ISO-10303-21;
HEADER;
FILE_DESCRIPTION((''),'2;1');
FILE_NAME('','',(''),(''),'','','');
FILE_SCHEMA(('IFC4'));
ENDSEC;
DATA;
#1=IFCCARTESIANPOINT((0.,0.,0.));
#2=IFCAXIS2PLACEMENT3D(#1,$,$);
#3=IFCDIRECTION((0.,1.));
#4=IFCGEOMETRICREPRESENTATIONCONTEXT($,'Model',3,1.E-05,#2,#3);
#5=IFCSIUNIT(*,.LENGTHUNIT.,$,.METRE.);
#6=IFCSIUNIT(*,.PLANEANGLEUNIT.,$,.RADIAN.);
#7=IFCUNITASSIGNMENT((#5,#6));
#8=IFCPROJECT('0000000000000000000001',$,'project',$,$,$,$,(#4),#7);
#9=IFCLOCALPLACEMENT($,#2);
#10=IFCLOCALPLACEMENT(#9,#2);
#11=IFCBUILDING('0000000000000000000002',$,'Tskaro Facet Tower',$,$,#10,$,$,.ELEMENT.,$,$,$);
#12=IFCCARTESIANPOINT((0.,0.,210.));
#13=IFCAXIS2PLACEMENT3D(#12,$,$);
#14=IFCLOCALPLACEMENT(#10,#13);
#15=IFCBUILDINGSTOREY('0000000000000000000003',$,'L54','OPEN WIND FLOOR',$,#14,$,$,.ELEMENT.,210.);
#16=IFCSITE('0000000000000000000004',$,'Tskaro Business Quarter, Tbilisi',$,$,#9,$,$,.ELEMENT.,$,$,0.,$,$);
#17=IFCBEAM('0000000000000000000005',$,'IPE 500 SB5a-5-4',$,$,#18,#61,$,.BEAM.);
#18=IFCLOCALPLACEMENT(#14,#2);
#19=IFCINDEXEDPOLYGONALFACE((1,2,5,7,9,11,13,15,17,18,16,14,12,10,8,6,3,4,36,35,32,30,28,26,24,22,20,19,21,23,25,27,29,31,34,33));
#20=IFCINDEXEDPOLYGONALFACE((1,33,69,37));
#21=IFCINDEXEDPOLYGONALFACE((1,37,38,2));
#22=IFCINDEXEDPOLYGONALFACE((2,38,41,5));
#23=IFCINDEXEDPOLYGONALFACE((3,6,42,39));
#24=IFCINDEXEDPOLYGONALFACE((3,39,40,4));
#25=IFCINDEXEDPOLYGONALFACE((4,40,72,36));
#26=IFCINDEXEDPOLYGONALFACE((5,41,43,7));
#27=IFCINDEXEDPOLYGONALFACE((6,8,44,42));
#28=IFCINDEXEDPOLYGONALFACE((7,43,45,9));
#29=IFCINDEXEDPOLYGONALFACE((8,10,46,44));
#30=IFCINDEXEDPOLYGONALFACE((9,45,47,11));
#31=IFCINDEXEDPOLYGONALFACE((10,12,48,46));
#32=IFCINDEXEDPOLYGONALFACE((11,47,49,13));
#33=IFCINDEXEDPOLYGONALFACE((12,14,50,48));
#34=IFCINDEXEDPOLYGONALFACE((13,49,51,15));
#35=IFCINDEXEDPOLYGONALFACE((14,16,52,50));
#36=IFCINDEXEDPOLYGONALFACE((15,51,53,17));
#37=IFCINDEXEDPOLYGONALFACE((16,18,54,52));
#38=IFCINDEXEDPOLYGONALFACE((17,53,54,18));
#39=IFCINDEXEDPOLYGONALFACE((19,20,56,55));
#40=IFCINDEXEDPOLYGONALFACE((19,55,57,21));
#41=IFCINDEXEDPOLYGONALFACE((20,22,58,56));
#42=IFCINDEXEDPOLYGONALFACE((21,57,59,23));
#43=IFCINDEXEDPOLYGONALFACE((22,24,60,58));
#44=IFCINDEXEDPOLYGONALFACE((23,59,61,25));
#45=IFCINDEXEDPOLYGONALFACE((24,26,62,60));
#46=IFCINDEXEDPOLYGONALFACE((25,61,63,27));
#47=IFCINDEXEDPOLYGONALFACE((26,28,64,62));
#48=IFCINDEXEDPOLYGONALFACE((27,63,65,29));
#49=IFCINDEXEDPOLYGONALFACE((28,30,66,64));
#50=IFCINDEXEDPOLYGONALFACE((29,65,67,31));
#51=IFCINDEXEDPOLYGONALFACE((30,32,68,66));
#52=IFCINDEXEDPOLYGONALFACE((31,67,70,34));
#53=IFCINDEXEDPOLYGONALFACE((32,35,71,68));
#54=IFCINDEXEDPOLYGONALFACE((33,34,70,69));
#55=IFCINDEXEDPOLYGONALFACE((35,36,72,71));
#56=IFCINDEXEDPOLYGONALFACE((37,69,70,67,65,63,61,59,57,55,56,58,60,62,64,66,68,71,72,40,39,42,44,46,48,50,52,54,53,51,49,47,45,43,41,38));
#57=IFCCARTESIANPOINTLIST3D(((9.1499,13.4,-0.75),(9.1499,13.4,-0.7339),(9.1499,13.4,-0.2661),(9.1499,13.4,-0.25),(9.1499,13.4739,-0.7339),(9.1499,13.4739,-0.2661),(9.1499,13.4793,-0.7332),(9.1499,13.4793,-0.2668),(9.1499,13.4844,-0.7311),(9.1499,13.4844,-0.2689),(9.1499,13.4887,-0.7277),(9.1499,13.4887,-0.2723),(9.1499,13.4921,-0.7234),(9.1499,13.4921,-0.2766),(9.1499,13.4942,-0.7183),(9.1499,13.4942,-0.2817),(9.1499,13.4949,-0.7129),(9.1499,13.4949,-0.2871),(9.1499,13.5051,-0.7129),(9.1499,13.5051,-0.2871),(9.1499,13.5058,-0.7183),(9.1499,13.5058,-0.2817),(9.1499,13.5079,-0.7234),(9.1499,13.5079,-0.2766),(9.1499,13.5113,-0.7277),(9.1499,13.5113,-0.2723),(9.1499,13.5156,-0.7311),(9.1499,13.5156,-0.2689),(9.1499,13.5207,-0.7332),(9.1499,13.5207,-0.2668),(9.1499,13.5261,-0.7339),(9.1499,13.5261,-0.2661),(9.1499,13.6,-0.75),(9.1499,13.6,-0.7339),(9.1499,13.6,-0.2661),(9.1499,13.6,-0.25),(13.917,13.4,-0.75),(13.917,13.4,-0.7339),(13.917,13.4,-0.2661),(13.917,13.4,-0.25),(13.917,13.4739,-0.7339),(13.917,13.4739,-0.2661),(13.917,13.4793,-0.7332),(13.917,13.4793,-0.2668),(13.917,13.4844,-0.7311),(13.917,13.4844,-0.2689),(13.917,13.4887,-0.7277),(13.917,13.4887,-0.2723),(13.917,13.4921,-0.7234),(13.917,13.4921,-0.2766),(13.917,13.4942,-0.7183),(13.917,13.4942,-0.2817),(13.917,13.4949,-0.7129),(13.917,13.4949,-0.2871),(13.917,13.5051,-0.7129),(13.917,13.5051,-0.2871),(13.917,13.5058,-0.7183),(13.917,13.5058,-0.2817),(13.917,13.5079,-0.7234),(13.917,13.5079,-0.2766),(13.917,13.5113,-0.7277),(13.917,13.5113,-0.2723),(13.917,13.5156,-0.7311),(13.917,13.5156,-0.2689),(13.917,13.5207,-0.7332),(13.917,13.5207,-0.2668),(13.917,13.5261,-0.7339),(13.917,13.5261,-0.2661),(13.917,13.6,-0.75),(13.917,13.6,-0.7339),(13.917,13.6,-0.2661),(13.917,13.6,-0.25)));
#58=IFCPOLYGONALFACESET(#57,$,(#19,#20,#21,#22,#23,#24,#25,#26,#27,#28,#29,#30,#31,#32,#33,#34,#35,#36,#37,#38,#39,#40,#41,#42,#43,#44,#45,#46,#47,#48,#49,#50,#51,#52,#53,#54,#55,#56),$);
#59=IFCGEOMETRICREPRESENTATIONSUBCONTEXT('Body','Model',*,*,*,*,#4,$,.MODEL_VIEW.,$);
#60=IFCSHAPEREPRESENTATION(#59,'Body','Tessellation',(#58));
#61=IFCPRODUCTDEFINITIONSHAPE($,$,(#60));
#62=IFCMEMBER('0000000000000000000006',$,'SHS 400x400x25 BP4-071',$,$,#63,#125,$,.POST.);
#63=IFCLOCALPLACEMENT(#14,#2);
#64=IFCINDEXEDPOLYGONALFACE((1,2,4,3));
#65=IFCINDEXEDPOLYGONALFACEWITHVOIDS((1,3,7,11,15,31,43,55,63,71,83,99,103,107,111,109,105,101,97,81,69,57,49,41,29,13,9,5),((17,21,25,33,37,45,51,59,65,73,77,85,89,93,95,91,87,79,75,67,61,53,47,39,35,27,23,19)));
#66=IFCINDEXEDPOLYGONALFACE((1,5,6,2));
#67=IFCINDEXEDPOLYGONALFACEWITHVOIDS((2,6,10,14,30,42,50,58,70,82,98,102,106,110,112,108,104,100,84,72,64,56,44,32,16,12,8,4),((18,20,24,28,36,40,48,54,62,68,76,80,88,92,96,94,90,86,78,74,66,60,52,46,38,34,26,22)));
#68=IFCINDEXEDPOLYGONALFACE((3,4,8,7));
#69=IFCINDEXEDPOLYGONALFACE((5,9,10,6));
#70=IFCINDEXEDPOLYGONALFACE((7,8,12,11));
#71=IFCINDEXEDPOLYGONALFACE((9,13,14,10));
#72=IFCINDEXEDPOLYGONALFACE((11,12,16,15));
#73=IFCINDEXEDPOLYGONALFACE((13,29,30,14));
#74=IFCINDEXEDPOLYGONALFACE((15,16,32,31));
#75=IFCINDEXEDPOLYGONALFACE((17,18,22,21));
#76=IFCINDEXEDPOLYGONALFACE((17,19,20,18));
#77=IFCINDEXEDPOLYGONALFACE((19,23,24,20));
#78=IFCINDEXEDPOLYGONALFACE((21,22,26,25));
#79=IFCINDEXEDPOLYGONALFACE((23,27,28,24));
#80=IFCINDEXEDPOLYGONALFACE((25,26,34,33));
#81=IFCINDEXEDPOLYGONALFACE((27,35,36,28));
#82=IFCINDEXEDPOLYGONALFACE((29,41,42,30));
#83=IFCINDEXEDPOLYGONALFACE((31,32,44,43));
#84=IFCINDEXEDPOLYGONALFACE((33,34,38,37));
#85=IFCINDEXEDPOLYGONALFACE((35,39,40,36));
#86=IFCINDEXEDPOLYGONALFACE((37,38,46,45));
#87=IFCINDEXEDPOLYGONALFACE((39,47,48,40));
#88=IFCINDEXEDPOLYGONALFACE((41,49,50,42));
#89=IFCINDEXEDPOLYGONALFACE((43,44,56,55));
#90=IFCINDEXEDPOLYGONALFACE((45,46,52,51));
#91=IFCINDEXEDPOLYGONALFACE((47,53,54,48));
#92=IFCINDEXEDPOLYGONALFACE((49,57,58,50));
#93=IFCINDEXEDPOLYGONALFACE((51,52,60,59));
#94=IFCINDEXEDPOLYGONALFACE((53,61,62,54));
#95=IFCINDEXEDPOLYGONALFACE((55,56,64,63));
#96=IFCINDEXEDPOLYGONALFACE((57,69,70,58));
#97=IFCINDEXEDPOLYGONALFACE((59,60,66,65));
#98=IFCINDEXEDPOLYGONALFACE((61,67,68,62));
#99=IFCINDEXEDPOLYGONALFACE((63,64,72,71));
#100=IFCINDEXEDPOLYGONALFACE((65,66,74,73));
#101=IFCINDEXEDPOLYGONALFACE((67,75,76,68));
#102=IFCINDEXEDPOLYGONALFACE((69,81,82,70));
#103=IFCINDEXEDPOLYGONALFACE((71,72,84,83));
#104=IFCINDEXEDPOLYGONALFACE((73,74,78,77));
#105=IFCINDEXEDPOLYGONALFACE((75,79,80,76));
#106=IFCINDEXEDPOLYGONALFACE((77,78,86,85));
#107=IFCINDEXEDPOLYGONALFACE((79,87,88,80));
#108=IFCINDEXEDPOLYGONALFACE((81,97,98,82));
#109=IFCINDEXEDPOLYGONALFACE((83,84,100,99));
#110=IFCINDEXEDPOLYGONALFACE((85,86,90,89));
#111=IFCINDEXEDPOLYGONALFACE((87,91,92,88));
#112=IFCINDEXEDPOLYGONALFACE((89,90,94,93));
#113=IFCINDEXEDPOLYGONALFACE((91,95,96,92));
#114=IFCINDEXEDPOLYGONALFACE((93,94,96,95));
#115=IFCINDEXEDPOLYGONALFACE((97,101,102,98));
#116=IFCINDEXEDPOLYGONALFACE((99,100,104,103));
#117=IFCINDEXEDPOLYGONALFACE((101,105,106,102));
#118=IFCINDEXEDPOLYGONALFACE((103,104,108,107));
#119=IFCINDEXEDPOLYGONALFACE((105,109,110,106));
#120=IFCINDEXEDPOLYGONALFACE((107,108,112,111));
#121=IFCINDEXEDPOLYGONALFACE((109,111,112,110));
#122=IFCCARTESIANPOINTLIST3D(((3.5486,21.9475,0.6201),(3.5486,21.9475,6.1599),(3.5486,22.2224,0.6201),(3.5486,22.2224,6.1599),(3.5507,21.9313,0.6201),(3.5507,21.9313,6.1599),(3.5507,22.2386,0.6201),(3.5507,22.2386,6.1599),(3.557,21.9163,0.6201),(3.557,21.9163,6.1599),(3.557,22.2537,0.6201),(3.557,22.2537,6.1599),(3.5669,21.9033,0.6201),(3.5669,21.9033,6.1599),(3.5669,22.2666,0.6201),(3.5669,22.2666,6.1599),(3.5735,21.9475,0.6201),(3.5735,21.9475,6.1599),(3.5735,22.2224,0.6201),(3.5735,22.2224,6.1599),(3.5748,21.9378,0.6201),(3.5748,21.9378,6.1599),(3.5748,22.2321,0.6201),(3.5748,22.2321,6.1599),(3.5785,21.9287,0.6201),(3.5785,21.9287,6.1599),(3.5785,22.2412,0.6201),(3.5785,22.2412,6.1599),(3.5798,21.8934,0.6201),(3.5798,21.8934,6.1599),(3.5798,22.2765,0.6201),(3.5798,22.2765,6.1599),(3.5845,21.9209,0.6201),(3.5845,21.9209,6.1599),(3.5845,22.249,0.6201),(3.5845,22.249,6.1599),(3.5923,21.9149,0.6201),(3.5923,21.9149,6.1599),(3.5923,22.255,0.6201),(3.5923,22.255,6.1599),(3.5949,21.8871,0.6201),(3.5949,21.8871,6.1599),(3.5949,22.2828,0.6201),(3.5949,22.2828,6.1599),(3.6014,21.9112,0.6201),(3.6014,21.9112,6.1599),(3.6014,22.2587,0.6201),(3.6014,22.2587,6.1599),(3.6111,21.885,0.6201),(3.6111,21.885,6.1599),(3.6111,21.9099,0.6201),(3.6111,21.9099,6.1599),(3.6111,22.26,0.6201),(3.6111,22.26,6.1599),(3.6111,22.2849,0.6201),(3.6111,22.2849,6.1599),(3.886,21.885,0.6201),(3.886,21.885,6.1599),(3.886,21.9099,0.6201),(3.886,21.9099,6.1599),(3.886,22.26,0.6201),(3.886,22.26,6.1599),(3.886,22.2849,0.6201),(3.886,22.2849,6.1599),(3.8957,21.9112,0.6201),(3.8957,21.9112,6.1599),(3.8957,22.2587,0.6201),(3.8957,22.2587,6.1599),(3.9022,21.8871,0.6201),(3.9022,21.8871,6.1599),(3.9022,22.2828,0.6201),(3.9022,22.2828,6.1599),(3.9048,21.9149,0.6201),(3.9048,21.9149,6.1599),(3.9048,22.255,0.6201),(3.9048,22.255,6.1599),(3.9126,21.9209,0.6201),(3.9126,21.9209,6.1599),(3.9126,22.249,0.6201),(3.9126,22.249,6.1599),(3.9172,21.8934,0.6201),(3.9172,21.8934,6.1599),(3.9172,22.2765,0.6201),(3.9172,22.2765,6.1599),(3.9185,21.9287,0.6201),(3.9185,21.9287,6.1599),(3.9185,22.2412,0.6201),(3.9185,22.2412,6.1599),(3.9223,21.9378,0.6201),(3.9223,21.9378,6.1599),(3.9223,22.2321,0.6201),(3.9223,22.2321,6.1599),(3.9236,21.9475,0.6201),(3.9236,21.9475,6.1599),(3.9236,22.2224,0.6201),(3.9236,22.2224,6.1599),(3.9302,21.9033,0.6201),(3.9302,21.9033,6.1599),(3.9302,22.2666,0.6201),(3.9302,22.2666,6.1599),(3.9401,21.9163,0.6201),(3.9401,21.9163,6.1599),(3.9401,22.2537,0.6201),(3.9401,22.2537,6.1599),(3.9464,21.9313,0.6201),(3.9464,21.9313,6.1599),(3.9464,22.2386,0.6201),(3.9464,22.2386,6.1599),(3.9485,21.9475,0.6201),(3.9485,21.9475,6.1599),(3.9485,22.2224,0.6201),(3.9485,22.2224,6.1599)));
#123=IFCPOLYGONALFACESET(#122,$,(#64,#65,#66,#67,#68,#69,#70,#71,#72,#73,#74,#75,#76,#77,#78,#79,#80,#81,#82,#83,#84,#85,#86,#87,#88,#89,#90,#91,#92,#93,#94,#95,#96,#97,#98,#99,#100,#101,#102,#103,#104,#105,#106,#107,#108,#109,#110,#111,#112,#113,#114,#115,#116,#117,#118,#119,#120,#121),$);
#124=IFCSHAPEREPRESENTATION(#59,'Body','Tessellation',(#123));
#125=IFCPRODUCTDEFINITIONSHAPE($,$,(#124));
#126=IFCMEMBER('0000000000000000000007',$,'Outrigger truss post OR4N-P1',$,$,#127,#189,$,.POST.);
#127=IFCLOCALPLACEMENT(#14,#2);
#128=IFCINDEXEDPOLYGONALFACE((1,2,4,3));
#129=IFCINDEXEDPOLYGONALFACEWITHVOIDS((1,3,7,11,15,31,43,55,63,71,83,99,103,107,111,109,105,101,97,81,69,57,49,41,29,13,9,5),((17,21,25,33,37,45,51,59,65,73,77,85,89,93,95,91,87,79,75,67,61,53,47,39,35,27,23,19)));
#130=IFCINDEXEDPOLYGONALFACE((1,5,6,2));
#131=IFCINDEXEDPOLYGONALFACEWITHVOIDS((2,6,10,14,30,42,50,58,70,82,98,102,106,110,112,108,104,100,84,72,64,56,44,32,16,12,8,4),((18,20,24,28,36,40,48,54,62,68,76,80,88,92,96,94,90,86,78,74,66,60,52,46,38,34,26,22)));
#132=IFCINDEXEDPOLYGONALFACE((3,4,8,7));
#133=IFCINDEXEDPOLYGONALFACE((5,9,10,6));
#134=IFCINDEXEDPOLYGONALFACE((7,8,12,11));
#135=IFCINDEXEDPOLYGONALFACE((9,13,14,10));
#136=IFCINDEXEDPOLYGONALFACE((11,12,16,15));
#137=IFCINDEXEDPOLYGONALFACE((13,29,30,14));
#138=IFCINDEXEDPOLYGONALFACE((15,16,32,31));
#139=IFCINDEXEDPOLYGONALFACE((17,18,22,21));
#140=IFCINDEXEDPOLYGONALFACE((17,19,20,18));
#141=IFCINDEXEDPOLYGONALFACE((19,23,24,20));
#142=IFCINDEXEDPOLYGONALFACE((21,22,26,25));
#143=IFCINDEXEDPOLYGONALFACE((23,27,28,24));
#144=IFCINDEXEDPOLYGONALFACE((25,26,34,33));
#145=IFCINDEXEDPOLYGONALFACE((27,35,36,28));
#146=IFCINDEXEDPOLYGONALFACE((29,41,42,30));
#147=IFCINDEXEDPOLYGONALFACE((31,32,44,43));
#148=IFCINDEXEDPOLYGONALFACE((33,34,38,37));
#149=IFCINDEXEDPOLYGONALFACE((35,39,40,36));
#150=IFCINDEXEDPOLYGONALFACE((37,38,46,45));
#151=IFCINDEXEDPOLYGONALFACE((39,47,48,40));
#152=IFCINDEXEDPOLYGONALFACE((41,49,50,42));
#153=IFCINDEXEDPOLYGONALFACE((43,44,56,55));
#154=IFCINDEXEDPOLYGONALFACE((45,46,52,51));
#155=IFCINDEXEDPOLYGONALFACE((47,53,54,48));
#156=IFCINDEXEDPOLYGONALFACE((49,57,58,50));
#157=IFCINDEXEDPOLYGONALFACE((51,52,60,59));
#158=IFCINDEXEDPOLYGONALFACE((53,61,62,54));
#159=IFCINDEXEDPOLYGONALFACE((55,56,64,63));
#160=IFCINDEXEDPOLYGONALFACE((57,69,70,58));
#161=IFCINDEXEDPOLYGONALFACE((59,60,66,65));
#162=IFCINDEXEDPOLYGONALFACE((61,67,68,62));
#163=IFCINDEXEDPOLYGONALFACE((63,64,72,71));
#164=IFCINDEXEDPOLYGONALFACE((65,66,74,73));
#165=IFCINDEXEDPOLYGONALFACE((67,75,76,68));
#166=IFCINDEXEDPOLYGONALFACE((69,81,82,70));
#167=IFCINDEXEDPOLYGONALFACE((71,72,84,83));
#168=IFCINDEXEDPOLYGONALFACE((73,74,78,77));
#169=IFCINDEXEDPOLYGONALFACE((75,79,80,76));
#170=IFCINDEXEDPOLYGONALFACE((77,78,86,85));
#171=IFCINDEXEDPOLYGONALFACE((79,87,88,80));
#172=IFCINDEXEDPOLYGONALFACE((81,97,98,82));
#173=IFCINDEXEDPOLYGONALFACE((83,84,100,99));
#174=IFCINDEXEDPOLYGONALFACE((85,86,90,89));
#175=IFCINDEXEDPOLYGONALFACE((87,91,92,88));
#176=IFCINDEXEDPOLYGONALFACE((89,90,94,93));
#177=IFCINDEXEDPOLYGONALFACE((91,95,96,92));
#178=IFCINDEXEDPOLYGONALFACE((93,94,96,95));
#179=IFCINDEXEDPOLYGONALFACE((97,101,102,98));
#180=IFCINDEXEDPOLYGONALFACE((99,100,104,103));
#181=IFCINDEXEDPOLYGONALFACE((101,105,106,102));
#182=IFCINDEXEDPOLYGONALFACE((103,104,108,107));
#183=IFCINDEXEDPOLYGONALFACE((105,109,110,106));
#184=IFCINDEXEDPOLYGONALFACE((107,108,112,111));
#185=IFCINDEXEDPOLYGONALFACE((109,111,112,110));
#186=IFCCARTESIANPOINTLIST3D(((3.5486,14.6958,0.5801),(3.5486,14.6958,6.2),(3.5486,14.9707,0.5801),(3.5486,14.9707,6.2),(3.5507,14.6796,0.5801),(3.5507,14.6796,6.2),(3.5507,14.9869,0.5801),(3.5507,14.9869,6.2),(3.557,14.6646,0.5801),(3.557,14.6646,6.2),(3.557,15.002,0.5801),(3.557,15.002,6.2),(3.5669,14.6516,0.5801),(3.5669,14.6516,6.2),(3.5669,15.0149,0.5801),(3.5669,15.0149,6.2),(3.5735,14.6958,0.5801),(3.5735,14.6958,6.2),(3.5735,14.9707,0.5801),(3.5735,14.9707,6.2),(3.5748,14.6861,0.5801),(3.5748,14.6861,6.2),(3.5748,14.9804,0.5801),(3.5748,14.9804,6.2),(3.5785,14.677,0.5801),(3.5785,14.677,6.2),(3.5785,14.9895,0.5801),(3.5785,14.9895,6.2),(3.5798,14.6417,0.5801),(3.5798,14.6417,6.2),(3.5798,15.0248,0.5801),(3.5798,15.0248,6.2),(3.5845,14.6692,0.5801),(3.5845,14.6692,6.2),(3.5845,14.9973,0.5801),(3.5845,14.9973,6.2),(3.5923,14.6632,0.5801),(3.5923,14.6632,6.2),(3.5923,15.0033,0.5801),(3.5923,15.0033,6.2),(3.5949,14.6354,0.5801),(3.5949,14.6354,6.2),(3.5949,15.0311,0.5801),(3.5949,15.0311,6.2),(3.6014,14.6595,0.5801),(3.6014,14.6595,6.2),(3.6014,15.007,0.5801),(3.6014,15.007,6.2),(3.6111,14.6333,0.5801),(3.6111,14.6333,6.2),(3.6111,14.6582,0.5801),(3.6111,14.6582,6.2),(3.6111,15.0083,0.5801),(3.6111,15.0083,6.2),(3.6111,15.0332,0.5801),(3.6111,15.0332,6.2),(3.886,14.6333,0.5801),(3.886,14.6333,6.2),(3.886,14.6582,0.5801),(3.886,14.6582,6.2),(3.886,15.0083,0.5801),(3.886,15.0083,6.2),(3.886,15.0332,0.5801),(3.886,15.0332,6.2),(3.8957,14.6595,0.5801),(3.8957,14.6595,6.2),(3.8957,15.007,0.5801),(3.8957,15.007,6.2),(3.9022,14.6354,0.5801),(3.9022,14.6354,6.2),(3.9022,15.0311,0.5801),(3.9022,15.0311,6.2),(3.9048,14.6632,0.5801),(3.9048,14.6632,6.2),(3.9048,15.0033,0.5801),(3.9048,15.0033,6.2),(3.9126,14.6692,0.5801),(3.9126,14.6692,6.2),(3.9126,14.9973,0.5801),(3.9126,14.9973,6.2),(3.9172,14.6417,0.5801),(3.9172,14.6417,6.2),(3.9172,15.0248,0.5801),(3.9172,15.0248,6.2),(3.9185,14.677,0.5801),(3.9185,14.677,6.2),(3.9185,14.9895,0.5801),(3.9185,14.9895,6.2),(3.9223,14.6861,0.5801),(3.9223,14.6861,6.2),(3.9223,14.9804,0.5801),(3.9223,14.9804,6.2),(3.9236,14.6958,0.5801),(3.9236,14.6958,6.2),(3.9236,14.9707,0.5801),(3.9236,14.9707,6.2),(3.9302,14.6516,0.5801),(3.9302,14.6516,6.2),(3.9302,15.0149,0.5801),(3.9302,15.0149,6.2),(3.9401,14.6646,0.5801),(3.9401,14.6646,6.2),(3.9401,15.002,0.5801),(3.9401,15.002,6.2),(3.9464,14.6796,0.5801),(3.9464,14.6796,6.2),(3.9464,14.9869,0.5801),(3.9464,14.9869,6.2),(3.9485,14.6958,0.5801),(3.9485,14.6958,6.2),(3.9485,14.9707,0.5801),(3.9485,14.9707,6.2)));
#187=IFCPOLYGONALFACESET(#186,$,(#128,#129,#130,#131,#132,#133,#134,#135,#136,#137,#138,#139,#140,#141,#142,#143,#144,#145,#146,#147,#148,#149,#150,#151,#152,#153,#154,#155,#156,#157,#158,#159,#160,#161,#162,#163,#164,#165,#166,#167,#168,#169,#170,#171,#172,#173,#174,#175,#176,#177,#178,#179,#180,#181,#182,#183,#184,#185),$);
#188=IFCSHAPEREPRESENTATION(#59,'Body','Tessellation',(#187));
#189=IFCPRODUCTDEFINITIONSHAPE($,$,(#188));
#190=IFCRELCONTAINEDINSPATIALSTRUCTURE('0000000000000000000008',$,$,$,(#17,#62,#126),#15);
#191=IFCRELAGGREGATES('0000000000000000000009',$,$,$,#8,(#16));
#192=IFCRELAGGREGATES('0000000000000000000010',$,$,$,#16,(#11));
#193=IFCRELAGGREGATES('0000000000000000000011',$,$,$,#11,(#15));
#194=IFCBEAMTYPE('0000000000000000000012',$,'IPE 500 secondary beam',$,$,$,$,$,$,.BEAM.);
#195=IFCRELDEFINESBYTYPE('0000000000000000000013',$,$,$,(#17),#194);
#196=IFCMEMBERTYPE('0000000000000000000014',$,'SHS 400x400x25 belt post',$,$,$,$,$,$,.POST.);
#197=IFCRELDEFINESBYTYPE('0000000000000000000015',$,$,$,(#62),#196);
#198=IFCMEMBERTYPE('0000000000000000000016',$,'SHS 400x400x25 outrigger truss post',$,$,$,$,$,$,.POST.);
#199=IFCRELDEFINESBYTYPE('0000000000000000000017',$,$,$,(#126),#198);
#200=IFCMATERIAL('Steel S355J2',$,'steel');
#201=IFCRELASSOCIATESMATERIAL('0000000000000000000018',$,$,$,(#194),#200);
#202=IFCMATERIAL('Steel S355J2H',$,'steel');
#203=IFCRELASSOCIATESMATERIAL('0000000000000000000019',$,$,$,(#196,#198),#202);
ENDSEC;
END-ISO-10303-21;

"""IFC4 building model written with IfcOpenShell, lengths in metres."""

from ifc_helpers import new_model, si_unit, direction, frame, origin, origin_2d, place, context, subcontext, project, spatial, hollow_rectangle, i_section, extrude, material, material_profile, profile_set, type_object, element, save


model = new_model("IFC4")

# Units and contexts
model_context = context("Model", 3, precision=1e-05, world=origin(), true_north=direction((0.0, 1.0)))
body_context = subcontext(model_context, "Body", "Model", "MODEL_VIEW")
ifc_project = project(units=[si_unit("LENGTHUNIT", "METRE"), si_unit("PLANEANGLEUNIT", "RADIAN")], contexts=[model_context])

# Site, building, storey
site_placement = place(None, origin())
site = spatial("IfcSite", under=ifc_project, at=site_placement, Name="Tskaro Business Quarter, Tbilisi", CompositionType="ELEMENT", RefElevation=0.0)
building_placement = place(site_placement, origin())
building = spatial("IfcBuilding", under=site, at=building_placement, Name="Tskaro Facet Tower", CompositionType="ELEMENT")
storey_placement = place(building_placement, frame((0.0, 0.0, 210.0)))
storey = spatial("IfcBuildingStorey", under=building, at=storey_placement, Name="L54", Description="OPEN WIND FLOOR", CompositionType="ELEMENT", Elevation=210.0)

# Shared definitions
ifc_material_1 = material(Name="Steel S355J2H", Category="steel")

# Shared definitions
ifc_material_2 = material(Name="Steel S355J2", Category="steel")

# Beam
ifc_material_profile_1 = material_profile(ifc_material_2, i_section(OverallWidth=0.2, OverallDepth=0.5, WebThickness=0.0103, FlangeThickness=0.0161, FilletRadius=0.021, at=origin_2d()), Name="IPE 500")
ifc_profile_set_1 = profile_set([ifc_material_profile_1], Name="Steel S355J2")
beam_type_1 = type_object("IfcBeamType", Name="IPE 500 secondary beam", PredefinedType="BEAM", material=ifc_profile_set_1)
beam_1_placement = place(storey_placement, frame((9.1499, 13.5, -0.5), z_axis=(1.0, 0.0, 0.0), x_axis=(0.0, 1.0, 0.0)))
element("IfcBeam", 1, at=beam_1_placement, inside=storey, type_object=beam_type_1, Name="IPE 500 SB5a-5-4", PredefinedType="BEAM", context=body_context, shape_type="SweptSolid", body=[
    extrude(i_section(OverallWidth=0.2, OverallDepth=0.5, WebThickness=0.0103, FlangeThickness=0.0161, FilletRadius=0.021, at=origin_2d()), origin(), (0.0, 0.0, 1.0), 4.7671),
])

# Members
ifc_material_profile_2 = material_profile(ifc_material_1, hollow_rectangle(XDim=0.3999, YDim=0.3999, WallThickness=0.0249, InnerFilletRadius=0.0376, OuterFilletRadius=0.0625, at=origin_2d()), Name="SHS 400x400x25")
ifc_profile_set_2 = profile_set([ifc_material_profile_2], Name="Steel S355J2H")
member_type_1 = type_object("IfcMemberType", Name="SHS 400x400x25 belt post", PredefinedType="POST", material=ifc_profile_set_2)
member_1_placement = place(storey_placement, frame((3.7485, 22.085, 0.6201), z_axis=(0.0, 0.0, 1.0), x_axis=(1.0, 0.0, 0.0)))
element("IfcMember", 2, at=member_1_placement, inside=storey, type_object=member_type_1, Name="SHS 400x400x25 BP4-071", PredefinedType="POST", context=body_context, shape_type="SweptSolid", body=[
    extrude(hollow_rectangle(XDim=0.3999, YDim=0.3999, WallThickness=0.0249, InnerFilletRadius=0.0376, OuterFilletRadius=0.0625, at=origin_2d()), origin(), (0.0, 0.0, 1.0), 5.5398),
])
ifc_material_profile_3 = material_profile(ifc_material_1, hollow_rectangle(XDim=0.3999, YDim=0.3999, WallThickness=0.0249, InnerFilletRadius=0.0376, OuterFilletRadius=0.0625, at=origin_2d()), Name="SHS 400x400x25")
ifc_profile_set_3 = profile_set([ifc_material_profile_3], Name="Steel S355J2H")
member_type_2 = type_object("IfcMemberType", Name="SHS 400x400x25 outrigger truss post", PredefinedType="POST", material=ifc_profile_set_3)
member_2_placement = place(storey_placement, frame((3.7485, 14.8333, 0.5801), z_axis=(0.0, 0.0, 1.0), x_axis=(1.0, 0.0, 0.0)))
element("IfcMember", 3, at=member_2_placement, inside=storey, type_object=member_type_2, Name="Outrigger truss post OR4N-P1", PredefinedType="POST", context=body_context, shape_type="SweptSolid", body=[
    extrude(hollow_rectangle(XDim=0.3999, YDim=0.3999, WallThickness=0.0249, InnerFilletRadius=0.0376, OuterFilletRadius=0.0625, at=origin_2d()), origin(), (0.0, 0.0, 1.0), 5.6199),
])

save(model, "model.ifc")
